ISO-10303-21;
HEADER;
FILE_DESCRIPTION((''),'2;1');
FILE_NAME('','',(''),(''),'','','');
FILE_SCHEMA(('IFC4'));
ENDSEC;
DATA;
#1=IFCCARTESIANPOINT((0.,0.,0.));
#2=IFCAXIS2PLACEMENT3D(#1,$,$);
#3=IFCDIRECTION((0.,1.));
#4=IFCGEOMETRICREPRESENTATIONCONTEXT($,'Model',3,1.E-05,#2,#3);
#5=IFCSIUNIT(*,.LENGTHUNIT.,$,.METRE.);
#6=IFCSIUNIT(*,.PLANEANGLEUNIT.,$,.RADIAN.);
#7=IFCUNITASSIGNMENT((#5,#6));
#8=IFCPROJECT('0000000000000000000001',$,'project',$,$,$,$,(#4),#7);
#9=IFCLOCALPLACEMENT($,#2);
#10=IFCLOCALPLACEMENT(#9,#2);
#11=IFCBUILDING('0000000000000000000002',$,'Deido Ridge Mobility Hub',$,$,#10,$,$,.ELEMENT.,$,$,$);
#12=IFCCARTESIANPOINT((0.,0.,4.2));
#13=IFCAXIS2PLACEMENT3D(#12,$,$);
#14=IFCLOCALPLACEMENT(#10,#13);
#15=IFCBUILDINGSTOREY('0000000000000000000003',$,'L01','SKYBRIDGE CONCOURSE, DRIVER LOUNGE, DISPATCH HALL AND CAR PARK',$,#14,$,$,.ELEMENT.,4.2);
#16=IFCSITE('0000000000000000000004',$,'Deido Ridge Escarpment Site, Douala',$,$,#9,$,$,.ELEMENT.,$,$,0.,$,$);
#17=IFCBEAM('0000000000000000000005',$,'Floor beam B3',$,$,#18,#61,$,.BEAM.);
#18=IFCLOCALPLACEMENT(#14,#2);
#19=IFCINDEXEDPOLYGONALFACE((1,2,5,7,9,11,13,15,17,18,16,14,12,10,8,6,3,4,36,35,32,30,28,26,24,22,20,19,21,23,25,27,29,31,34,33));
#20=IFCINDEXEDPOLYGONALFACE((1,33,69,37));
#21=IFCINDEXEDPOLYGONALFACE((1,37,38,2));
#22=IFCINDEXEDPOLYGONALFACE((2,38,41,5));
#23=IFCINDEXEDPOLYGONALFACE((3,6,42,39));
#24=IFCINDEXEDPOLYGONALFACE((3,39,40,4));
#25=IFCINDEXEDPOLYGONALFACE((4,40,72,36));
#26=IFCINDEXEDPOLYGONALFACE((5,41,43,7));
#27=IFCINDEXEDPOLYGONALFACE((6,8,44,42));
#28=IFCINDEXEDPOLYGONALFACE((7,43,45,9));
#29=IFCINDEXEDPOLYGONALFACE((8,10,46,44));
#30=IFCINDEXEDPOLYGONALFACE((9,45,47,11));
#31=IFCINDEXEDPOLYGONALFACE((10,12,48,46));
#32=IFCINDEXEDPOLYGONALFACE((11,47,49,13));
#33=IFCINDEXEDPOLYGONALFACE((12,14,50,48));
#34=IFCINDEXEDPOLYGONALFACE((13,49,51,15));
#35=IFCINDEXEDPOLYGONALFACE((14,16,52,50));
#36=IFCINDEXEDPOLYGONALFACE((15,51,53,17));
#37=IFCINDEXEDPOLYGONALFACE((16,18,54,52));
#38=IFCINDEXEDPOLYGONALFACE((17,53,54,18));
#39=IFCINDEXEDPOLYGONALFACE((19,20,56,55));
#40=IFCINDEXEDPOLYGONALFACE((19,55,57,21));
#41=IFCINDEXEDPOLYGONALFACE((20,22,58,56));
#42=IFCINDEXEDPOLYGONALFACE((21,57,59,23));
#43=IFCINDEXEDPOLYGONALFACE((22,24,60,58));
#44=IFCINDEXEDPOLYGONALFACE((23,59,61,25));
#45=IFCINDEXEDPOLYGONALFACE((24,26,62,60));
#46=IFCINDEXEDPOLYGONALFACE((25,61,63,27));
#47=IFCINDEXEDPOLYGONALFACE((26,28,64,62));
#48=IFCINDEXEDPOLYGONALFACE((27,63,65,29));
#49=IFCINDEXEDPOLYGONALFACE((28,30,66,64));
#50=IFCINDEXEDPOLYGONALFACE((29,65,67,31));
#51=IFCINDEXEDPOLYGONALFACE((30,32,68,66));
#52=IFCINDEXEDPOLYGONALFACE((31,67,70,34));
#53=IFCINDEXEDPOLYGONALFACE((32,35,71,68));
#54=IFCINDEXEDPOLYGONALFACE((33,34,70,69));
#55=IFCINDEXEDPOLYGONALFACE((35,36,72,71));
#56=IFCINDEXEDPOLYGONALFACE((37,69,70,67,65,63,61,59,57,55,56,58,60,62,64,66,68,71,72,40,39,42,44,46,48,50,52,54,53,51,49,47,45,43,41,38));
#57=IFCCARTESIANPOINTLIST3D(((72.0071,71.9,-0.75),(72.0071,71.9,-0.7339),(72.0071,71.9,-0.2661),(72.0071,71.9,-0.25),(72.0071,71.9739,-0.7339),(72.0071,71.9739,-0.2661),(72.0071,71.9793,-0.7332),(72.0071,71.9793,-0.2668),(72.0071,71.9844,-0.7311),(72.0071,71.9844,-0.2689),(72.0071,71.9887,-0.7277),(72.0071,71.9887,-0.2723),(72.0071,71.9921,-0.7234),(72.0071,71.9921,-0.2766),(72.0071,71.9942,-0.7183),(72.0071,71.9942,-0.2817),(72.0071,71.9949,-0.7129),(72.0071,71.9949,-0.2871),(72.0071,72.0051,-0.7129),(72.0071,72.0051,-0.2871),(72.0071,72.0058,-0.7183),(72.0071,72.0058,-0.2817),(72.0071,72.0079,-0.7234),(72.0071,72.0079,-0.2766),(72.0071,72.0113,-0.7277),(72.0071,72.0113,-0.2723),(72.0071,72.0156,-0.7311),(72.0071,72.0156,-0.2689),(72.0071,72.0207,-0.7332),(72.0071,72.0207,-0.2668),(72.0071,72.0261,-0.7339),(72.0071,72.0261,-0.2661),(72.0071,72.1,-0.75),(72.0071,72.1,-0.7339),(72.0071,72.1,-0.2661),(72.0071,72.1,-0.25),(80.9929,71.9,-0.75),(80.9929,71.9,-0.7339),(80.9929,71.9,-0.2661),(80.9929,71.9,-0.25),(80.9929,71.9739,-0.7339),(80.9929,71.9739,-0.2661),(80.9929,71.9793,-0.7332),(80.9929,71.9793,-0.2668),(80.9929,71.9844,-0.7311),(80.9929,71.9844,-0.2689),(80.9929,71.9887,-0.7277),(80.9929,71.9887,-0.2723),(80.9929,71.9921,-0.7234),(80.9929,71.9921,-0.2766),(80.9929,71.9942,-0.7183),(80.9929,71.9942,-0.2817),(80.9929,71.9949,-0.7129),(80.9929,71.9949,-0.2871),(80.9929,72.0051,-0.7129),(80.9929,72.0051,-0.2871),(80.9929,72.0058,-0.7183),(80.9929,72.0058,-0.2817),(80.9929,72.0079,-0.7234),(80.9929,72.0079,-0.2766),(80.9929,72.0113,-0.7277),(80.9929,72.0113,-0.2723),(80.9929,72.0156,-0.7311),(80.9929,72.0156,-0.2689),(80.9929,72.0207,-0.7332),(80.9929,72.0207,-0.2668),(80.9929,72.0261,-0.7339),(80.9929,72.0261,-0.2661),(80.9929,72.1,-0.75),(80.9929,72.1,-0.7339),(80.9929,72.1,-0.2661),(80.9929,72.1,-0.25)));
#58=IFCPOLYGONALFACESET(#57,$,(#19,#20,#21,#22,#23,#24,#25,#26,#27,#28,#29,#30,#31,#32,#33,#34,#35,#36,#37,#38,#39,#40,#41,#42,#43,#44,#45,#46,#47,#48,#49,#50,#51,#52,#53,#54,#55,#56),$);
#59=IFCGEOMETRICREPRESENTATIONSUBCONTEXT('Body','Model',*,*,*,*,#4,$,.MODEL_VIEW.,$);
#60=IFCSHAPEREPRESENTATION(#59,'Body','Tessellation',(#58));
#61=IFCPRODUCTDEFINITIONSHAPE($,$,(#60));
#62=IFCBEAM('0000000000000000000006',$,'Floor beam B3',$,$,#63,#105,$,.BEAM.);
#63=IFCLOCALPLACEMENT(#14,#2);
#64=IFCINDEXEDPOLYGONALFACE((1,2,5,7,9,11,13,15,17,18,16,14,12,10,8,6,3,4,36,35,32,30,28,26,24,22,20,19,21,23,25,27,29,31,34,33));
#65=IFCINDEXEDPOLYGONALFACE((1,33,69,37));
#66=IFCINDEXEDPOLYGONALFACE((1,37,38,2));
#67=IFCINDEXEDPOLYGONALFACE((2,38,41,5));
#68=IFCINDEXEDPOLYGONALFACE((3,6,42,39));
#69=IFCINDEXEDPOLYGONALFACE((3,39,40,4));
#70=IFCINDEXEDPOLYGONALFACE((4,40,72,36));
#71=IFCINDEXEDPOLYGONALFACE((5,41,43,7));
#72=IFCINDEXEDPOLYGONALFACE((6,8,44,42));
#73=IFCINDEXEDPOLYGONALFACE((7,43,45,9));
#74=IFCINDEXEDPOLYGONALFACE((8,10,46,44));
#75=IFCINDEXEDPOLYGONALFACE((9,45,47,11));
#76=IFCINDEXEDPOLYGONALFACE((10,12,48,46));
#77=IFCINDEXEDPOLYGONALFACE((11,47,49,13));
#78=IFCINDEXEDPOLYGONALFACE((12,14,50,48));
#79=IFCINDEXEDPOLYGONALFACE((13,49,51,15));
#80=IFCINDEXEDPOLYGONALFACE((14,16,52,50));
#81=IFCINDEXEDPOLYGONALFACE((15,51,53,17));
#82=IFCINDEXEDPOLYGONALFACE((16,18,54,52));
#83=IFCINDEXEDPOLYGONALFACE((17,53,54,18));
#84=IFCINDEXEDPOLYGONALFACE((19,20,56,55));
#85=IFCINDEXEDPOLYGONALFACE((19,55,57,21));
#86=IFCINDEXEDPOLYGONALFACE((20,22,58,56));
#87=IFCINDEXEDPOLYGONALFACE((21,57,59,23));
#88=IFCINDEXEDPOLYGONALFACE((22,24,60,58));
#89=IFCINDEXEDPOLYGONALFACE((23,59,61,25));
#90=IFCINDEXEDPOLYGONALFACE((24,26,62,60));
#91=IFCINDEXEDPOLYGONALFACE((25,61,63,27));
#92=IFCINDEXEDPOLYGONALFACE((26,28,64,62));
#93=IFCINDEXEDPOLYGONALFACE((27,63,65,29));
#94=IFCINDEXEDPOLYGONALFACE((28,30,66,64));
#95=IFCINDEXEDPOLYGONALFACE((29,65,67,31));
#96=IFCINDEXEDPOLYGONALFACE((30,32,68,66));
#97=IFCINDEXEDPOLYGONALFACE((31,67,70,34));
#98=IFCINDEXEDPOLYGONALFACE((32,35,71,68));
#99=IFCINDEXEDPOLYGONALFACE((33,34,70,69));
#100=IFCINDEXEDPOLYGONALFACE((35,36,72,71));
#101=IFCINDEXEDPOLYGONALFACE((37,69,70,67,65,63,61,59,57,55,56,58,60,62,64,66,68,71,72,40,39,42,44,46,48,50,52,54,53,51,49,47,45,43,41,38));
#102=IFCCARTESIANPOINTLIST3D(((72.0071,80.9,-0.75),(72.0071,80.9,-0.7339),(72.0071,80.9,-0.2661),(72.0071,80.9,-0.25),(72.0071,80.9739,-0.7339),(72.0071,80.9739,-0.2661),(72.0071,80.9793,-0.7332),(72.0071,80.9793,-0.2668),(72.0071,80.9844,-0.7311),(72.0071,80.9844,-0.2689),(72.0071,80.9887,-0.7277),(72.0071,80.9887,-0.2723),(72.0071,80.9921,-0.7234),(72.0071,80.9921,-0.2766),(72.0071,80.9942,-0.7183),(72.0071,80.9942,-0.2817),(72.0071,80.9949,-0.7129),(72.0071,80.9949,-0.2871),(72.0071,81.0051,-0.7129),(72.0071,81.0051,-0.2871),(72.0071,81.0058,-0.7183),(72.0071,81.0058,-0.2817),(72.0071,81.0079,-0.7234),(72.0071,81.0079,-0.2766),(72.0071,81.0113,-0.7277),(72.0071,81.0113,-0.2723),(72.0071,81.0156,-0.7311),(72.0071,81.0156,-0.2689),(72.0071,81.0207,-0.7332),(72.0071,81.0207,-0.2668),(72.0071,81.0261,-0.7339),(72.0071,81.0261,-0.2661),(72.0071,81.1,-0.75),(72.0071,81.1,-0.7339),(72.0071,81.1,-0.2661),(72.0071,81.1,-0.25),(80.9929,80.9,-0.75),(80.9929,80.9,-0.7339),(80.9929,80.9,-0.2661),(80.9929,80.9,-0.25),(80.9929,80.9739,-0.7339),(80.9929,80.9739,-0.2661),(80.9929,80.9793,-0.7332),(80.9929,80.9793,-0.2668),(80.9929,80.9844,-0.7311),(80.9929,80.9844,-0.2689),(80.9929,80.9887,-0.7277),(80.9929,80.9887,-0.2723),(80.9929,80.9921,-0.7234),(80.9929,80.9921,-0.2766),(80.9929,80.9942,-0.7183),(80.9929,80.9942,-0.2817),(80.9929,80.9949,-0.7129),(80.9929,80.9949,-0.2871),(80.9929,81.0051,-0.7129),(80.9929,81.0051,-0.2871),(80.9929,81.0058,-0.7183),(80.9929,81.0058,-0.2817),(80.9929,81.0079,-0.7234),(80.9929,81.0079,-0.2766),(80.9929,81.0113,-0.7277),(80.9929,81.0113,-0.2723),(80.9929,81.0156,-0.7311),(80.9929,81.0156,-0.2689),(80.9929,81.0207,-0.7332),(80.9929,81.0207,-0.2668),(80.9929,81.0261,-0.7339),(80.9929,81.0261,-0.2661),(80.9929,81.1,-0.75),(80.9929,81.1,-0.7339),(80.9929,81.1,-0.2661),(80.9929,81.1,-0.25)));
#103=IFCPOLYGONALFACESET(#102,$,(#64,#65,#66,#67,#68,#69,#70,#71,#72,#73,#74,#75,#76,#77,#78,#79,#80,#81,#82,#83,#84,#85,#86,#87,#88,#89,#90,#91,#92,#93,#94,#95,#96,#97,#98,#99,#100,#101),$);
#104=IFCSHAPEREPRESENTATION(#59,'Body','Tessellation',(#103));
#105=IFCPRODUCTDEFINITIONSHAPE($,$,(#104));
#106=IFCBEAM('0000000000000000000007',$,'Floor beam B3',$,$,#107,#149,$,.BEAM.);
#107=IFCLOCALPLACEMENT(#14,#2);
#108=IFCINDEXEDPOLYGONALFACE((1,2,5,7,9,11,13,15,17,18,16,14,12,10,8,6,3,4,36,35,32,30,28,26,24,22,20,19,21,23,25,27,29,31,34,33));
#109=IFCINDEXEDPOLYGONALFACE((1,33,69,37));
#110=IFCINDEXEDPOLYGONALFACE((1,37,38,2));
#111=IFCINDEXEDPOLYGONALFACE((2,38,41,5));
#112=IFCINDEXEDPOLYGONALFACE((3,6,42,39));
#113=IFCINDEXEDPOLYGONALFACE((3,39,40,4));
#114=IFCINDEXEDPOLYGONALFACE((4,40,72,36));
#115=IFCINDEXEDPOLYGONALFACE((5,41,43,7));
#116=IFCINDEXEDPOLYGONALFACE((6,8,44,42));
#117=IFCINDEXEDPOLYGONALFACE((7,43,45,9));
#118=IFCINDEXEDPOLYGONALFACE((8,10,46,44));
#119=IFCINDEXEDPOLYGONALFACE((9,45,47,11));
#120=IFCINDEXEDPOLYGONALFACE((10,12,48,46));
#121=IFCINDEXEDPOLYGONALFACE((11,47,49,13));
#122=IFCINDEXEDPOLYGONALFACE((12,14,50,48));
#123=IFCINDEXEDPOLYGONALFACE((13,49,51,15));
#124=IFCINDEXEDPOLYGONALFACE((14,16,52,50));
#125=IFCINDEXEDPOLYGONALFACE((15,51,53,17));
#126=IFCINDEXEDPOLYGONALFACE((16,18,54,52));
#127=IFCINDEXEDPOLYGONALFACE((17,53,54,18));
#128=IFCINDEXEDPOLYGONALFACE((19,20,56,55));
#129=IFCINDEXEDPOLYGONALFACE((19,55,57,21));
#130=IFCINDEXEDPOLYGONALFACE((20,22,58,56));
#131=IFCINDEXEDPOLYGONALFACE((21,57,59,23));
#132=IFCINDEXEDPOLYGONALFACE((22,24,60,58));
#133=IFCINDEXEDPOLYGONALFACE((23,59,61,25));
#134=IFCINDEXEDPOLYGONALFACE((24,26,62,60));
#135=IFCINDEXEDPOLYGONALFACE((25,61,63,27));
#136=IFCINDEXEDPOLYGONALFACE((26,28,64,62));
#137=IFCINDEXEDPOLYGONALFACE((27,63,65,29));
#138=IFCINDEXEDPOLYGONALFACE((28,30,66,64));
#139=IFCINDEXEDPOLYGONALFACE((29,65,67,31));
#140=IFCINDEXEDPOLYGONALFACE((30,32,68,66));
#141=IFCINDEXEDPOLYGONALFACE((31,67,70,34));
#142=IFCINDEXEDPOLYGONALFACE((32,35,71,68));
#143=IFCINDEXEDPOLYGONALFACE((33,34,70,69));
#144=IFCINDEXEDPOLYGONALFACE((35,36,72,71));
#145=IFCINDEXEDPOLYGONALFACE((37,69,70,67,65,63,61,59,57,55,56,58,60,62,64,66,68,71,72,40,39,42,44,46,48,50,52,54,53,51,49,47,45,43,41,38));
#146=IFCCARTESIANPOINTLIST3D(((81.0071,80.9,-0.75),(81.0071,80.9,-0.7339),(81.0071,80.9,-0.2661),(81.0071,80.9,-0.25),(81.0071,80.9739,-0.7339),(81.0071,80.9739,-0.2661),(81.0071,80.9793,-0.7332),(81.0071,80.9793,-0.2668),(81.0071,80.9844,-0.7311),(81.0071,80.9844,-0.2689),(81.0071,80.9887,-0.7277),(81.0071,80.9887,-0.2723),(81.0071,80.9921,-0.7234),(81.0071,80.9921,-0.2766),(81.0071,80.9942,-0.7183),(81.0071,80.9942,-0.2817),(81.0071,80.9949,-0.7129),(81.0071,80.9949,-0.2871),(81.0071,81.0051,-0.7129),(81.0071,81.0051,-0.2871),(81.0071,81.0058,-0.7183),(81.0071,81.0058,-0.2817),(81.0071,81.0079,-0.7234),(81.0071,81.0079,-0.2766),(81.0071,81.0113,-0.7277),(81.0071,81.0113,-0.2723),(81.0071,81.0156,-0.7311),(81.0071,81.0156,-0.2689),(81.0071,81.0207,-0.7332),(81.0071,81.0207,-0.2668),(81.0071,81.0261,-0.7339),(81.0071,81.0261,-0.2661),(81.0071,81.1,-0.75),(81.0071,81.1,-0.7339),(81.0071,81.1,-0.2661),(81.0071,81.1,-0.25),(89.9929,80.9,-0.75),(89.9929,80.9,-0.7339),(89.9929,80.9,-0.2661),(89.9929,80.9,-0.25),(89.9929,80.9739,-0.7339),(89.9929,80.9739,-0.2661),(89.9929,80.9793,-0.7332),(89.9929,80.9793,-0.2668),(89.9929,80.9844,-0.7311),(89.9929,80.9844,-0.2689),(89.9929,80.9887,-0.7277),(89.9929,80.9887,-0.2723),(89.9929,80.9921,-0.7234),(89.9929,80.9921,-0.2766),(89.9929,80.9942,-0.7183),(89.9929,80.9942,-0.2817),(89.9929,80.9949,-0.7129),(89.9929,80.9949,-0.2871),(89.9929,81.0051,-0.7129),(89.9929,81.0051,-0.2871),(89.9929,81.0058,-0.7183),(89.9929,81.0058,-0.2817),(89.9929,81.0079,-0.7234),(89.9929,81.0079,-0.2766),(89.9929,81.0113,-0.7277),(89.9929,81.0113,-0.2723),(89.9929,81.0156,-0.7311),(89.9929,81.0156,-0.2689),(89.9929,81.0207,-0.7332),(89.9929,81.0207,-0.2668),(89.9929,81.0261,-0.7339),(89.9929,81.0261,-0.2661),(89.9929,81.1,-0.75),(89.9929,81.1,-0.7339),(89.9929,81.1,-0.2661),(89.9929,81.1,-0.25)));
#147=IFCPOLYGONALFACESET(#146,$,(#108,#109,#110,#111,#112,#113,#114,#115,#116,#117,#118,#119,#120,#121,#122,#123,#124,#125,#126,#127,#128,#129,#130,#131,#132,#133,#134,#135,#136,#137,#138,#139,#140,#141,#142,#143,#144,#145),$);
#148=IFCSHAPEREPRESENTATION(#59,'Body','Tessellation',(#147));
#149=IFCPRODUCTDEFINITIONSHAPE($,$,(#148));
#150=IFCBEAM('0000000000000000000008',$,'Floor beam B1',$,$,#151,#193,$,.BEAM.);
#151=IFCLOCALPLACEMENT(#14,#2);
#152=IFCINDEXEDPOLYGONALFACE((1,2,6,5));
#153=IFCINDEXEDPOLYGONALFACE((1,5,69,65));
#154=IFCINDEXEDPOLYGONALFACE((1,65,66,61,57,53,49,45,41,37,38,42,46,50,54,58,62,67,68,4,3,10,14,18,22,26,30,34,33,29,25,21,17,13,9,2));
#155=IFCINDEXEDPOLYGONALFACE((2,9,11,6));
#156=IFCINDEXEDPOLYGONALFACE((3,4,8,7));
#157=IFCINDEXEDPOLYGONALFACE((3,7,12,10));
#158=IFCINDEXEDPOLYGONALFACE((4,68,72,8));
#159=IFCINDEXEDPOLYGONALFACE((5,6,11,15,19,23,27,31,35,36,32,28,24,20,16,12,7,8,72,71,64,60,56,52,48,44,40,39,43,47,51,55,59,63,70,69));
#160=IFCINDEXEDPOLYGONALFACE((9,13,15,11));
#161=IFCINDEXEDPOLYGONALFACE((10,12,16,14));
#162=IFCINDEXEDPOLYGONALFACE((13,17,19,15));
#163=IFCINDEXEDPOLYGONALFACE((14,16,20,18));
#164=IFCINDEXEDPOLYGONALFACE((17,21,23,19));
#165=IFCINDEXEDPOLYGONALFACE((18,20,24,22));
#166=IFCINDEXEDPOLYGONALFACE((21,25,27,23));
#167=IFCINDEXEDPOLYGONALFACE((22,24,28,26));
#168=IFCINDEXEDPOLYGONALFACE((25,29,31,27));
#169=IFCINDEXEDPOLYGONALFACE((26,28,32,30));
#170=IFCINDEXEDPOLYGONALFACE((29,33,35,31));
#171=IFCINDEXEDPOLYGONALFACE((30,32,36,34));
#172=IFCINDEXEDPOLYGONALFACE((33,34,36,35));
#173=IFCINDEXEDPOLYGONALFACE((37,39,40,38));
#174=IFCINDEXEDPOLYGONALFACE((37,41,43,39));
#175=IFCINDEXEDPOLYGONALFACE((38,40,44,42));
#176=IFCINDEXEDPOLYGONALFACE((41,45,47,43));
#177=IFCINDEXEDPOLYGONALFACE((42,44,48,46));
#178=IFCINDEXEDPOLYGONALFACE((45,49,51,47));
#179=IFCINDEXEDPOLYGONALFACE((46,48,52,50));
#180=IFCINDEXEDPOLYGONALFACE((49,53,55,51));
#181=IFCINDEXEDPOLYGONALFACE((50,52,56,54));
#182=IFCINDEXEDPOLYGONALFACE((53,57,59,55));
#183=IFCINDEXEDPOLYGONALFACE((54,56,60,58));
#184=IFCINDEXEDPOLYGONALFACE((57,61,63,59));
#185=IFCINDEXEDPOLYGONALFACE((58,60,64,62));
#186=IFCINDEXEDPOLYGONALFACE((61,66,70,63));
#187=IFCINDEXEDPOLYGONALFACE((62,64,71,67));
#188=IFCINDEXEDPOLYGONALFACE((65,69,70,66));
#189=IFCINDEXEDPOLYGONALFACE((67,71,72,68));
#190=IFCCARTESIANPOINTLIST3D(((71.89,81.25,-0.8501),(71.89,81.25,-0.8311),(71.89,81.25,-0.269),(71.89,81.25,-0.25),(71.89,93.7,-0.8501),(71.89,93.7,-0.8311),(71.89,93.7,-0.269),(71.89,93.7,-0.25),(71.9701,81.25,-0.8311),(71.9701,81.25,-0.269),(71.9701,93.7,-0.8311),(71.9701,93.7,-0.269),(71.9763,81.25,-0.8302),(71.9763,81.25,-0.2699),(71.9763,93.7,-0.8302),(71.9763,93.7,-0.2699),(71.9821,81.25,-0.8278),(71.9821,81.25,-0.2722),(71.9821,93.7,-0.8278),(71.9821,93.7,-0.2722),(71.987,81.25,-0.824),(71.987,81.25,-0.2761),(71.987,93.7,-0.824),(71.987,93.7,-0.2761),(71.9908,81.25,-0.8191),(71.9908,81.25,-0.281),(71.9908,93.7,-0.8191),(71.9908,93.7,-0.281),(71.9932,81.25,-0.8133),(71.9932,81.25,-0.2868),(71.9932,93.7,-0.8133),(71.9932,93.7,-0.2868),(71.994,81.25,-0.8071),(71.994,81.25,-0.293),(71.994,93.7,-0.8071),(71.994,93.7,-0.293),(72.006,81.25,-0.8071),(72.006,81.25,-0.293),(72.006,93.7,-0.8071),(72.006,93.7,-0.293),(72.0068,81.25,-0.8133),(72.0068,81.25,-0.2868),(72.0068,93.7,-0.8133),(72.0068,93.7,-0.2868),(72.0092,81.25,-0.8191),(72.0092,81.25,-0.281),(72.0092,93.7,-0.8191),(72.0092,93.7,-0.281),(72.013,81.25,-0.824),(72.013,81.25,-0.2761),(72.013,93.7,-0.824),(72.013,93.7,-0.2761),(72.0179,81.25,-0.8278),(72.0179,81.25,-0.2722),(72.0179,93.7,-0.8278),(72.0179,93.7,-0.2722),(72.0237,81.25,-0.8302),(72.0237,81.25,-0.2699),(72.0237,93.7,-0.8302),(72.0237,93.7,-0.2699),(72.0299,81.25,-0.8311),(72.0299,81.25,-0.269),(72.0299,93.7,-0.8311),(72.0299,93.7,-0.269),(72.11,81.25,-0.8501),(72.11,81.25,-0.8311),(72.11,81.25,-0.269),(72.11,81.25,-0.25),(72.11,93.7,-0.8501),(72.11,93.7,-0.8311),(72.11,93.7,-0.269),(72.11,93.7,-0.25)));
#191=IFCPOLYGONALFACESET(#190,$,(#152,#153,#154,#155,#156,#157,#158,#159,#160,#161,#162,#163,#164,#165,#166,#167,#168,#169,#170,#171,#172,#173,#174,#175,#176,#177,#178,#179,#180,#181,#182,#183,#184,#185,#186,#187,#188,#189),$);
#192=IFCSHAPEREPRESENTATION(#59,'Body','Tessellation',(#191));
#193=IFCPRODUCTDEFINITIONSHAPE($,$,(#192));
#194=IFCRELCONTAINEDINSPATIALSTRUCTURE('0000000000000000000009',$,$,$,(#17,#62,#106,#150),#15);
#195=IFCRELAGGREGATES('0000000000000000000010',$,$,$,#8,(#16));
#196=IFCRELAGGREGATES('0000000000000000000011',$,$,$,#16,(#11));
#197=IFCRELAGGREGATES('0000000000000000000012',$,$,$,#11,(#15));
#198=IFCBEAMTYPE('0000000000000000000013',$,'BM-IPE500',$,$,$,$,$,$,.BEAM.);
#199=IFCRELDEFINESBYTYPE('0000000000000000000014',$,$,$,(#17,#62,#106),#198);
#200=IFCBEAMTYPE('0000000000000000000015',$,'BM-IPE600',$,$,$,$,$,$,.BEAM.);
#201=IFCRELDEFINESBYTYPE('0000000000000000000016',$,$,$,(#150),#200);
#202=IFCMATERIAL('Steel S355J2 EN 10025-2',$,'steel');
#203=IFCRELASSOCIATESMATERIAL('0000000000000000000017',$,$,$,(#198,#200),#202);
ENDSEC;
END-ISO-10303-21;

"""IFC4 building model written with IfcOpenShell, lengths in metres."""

from ifc_helpers import new_model, si_unit, direction, frame, origin, origin_2d, place, context, subcontext, project, spatial, i_section, extrude, material, material_profile, profile_set, type_object, element, save


model = new_model("IFC4")

# Units and contexts
model_context = context("Model", 3, precision=1e-05, world=origin(), true_north=direction((0.0, 1.0)))
body_context = subcontext(model_context, "Body", "Model", "MODEL_VIEW")
ifc_project = project(units=[si_unit("LENGTHUNIT", "METRE"), si_unit("PLANEANGLEUNIT", "RADIAN")], contexts=[model_context])

# Site, building, storey
site_placement = place(None, origin())
site = spatial("IfcSite", under=ifc_project, at=site_placement, Name="Deido Ridge Escarpment Site, Douala", CompositionType="ELEMENT", RefElevation=0.0)
building_placement = place(site_placement, origin())
building = spatial("IfcBuilding", under=site, at=building_placement, Name="Deido Ridge Mobility Hub", CompositionType="ELEMENT")
storey_placement = place(building_placement, frame((0.0, 0.0, 4.2)))
storey = spatial("IfcBuildingStorey", under=building, at=storey_placement, Name="L01", Description="SKYBRIDGE CONCOURSE, DRIVER LOUNGE, DISPATCH HALL AND CAR PARK", CompositionType="ELEMENT", Elevation=4.2)

# Shared definitions
ifc_material_1 = material(Name="Steel S355J2 EN 10025-2", Category="steel")

# Beams
ifc_material_profile_1 = material_profile(ifc_material_1, i_section(OverallWidth=0.2, OverallDepth=0.5, WebThickness=0.0103, FlangeThickness=0.0161, FilletRadius=0.021, at=origin_2d()), Name="IPE 500")
ifc_profile_set_1 = profile_set([ifc_material_profile_1], Name="Steel S355J2 EN 10025-2")
beam_type_1 = type_object("IfcBeamType", Name="BM-IPE500", PredefinedType="BEAM", material=ifc_profile_set_1)
for number, where, z_axis, x_axis, name in (
    (1, (72.0071, 72.0, -0.5), (1.0, 0.0, 0.0), (0.0, 1.0, 0.0), "Floor beam B3"),
    (2, (72.0071, 81.0, -0.5), (1.0, 0.0, 0.0), (0.0, 1.0, 0.0), "Floor beam B3"),
    (3, (81.0071, 81.0, -0.5), (1.0, 0.0, 0.0), (0.0, 1.0, 0.0), "Floor beam B3"),
):
    element("IfcBeam", number, at=place(storey_placement, frame(where, z_axis=z_axis, x_axis=x_axis)), inside=storey, type_object=beam_type_1, Name=name, PredefinedType="BEAM", context=body_context, shape_type="SweptSolid", body=[
        extrude(i_section(OverallWidth=0.2, OverallDepth=0.5, WebThickness=0.0103, FlangeThickness=0.0161, FilletRadius=0.021, at=origin_2d()), origin(), (0.0, 0.0, 1.0), 8.9858),
    ])
ifc_material_profile_2 = material_profile(ifc_material_1, i_section(OverallWidth=0.22, OverallDepth=0.6001, WebThickness=0.012, FlangeThickness=0.019, FilletRadius=0.0239, at=origin_2d()), Name="IPE 600")
ifc_profile_set_2 = profile_set([ifc_material_profile_2], Name="Steel S355J2 EN 10025-2")
beam_type_2 = type_object("IfcBeamType", Name="BM-IPE600", PredefinedType="BEAM", material=ifc_profile_set_2)
beam_1_placement = place(storey_placement, frame((72.0, 81.25, -0.55), z_axis=(0.0, 1.0, 0.0), x_axis=(-1.0, 0.0, 0.0)))
element("IfcBeam", 4, at=beam_1_placement, inside=storey, type_object=beam_type_2, Name="Floor beam B1", PredefinedType="BEAM", context=body_context, shape_type="SweptSolid", body=[
    extrude(i_section(OverallWidth=0.22, OverallDepth=0.6001, WebThickness=0.012, FlangeThickness=0.019, FilletRadius=0.0239, at=origin_2d()), origin(), (0.0, 0.0, 1.0), 12.45),
])

save(model, "model.ifc")
